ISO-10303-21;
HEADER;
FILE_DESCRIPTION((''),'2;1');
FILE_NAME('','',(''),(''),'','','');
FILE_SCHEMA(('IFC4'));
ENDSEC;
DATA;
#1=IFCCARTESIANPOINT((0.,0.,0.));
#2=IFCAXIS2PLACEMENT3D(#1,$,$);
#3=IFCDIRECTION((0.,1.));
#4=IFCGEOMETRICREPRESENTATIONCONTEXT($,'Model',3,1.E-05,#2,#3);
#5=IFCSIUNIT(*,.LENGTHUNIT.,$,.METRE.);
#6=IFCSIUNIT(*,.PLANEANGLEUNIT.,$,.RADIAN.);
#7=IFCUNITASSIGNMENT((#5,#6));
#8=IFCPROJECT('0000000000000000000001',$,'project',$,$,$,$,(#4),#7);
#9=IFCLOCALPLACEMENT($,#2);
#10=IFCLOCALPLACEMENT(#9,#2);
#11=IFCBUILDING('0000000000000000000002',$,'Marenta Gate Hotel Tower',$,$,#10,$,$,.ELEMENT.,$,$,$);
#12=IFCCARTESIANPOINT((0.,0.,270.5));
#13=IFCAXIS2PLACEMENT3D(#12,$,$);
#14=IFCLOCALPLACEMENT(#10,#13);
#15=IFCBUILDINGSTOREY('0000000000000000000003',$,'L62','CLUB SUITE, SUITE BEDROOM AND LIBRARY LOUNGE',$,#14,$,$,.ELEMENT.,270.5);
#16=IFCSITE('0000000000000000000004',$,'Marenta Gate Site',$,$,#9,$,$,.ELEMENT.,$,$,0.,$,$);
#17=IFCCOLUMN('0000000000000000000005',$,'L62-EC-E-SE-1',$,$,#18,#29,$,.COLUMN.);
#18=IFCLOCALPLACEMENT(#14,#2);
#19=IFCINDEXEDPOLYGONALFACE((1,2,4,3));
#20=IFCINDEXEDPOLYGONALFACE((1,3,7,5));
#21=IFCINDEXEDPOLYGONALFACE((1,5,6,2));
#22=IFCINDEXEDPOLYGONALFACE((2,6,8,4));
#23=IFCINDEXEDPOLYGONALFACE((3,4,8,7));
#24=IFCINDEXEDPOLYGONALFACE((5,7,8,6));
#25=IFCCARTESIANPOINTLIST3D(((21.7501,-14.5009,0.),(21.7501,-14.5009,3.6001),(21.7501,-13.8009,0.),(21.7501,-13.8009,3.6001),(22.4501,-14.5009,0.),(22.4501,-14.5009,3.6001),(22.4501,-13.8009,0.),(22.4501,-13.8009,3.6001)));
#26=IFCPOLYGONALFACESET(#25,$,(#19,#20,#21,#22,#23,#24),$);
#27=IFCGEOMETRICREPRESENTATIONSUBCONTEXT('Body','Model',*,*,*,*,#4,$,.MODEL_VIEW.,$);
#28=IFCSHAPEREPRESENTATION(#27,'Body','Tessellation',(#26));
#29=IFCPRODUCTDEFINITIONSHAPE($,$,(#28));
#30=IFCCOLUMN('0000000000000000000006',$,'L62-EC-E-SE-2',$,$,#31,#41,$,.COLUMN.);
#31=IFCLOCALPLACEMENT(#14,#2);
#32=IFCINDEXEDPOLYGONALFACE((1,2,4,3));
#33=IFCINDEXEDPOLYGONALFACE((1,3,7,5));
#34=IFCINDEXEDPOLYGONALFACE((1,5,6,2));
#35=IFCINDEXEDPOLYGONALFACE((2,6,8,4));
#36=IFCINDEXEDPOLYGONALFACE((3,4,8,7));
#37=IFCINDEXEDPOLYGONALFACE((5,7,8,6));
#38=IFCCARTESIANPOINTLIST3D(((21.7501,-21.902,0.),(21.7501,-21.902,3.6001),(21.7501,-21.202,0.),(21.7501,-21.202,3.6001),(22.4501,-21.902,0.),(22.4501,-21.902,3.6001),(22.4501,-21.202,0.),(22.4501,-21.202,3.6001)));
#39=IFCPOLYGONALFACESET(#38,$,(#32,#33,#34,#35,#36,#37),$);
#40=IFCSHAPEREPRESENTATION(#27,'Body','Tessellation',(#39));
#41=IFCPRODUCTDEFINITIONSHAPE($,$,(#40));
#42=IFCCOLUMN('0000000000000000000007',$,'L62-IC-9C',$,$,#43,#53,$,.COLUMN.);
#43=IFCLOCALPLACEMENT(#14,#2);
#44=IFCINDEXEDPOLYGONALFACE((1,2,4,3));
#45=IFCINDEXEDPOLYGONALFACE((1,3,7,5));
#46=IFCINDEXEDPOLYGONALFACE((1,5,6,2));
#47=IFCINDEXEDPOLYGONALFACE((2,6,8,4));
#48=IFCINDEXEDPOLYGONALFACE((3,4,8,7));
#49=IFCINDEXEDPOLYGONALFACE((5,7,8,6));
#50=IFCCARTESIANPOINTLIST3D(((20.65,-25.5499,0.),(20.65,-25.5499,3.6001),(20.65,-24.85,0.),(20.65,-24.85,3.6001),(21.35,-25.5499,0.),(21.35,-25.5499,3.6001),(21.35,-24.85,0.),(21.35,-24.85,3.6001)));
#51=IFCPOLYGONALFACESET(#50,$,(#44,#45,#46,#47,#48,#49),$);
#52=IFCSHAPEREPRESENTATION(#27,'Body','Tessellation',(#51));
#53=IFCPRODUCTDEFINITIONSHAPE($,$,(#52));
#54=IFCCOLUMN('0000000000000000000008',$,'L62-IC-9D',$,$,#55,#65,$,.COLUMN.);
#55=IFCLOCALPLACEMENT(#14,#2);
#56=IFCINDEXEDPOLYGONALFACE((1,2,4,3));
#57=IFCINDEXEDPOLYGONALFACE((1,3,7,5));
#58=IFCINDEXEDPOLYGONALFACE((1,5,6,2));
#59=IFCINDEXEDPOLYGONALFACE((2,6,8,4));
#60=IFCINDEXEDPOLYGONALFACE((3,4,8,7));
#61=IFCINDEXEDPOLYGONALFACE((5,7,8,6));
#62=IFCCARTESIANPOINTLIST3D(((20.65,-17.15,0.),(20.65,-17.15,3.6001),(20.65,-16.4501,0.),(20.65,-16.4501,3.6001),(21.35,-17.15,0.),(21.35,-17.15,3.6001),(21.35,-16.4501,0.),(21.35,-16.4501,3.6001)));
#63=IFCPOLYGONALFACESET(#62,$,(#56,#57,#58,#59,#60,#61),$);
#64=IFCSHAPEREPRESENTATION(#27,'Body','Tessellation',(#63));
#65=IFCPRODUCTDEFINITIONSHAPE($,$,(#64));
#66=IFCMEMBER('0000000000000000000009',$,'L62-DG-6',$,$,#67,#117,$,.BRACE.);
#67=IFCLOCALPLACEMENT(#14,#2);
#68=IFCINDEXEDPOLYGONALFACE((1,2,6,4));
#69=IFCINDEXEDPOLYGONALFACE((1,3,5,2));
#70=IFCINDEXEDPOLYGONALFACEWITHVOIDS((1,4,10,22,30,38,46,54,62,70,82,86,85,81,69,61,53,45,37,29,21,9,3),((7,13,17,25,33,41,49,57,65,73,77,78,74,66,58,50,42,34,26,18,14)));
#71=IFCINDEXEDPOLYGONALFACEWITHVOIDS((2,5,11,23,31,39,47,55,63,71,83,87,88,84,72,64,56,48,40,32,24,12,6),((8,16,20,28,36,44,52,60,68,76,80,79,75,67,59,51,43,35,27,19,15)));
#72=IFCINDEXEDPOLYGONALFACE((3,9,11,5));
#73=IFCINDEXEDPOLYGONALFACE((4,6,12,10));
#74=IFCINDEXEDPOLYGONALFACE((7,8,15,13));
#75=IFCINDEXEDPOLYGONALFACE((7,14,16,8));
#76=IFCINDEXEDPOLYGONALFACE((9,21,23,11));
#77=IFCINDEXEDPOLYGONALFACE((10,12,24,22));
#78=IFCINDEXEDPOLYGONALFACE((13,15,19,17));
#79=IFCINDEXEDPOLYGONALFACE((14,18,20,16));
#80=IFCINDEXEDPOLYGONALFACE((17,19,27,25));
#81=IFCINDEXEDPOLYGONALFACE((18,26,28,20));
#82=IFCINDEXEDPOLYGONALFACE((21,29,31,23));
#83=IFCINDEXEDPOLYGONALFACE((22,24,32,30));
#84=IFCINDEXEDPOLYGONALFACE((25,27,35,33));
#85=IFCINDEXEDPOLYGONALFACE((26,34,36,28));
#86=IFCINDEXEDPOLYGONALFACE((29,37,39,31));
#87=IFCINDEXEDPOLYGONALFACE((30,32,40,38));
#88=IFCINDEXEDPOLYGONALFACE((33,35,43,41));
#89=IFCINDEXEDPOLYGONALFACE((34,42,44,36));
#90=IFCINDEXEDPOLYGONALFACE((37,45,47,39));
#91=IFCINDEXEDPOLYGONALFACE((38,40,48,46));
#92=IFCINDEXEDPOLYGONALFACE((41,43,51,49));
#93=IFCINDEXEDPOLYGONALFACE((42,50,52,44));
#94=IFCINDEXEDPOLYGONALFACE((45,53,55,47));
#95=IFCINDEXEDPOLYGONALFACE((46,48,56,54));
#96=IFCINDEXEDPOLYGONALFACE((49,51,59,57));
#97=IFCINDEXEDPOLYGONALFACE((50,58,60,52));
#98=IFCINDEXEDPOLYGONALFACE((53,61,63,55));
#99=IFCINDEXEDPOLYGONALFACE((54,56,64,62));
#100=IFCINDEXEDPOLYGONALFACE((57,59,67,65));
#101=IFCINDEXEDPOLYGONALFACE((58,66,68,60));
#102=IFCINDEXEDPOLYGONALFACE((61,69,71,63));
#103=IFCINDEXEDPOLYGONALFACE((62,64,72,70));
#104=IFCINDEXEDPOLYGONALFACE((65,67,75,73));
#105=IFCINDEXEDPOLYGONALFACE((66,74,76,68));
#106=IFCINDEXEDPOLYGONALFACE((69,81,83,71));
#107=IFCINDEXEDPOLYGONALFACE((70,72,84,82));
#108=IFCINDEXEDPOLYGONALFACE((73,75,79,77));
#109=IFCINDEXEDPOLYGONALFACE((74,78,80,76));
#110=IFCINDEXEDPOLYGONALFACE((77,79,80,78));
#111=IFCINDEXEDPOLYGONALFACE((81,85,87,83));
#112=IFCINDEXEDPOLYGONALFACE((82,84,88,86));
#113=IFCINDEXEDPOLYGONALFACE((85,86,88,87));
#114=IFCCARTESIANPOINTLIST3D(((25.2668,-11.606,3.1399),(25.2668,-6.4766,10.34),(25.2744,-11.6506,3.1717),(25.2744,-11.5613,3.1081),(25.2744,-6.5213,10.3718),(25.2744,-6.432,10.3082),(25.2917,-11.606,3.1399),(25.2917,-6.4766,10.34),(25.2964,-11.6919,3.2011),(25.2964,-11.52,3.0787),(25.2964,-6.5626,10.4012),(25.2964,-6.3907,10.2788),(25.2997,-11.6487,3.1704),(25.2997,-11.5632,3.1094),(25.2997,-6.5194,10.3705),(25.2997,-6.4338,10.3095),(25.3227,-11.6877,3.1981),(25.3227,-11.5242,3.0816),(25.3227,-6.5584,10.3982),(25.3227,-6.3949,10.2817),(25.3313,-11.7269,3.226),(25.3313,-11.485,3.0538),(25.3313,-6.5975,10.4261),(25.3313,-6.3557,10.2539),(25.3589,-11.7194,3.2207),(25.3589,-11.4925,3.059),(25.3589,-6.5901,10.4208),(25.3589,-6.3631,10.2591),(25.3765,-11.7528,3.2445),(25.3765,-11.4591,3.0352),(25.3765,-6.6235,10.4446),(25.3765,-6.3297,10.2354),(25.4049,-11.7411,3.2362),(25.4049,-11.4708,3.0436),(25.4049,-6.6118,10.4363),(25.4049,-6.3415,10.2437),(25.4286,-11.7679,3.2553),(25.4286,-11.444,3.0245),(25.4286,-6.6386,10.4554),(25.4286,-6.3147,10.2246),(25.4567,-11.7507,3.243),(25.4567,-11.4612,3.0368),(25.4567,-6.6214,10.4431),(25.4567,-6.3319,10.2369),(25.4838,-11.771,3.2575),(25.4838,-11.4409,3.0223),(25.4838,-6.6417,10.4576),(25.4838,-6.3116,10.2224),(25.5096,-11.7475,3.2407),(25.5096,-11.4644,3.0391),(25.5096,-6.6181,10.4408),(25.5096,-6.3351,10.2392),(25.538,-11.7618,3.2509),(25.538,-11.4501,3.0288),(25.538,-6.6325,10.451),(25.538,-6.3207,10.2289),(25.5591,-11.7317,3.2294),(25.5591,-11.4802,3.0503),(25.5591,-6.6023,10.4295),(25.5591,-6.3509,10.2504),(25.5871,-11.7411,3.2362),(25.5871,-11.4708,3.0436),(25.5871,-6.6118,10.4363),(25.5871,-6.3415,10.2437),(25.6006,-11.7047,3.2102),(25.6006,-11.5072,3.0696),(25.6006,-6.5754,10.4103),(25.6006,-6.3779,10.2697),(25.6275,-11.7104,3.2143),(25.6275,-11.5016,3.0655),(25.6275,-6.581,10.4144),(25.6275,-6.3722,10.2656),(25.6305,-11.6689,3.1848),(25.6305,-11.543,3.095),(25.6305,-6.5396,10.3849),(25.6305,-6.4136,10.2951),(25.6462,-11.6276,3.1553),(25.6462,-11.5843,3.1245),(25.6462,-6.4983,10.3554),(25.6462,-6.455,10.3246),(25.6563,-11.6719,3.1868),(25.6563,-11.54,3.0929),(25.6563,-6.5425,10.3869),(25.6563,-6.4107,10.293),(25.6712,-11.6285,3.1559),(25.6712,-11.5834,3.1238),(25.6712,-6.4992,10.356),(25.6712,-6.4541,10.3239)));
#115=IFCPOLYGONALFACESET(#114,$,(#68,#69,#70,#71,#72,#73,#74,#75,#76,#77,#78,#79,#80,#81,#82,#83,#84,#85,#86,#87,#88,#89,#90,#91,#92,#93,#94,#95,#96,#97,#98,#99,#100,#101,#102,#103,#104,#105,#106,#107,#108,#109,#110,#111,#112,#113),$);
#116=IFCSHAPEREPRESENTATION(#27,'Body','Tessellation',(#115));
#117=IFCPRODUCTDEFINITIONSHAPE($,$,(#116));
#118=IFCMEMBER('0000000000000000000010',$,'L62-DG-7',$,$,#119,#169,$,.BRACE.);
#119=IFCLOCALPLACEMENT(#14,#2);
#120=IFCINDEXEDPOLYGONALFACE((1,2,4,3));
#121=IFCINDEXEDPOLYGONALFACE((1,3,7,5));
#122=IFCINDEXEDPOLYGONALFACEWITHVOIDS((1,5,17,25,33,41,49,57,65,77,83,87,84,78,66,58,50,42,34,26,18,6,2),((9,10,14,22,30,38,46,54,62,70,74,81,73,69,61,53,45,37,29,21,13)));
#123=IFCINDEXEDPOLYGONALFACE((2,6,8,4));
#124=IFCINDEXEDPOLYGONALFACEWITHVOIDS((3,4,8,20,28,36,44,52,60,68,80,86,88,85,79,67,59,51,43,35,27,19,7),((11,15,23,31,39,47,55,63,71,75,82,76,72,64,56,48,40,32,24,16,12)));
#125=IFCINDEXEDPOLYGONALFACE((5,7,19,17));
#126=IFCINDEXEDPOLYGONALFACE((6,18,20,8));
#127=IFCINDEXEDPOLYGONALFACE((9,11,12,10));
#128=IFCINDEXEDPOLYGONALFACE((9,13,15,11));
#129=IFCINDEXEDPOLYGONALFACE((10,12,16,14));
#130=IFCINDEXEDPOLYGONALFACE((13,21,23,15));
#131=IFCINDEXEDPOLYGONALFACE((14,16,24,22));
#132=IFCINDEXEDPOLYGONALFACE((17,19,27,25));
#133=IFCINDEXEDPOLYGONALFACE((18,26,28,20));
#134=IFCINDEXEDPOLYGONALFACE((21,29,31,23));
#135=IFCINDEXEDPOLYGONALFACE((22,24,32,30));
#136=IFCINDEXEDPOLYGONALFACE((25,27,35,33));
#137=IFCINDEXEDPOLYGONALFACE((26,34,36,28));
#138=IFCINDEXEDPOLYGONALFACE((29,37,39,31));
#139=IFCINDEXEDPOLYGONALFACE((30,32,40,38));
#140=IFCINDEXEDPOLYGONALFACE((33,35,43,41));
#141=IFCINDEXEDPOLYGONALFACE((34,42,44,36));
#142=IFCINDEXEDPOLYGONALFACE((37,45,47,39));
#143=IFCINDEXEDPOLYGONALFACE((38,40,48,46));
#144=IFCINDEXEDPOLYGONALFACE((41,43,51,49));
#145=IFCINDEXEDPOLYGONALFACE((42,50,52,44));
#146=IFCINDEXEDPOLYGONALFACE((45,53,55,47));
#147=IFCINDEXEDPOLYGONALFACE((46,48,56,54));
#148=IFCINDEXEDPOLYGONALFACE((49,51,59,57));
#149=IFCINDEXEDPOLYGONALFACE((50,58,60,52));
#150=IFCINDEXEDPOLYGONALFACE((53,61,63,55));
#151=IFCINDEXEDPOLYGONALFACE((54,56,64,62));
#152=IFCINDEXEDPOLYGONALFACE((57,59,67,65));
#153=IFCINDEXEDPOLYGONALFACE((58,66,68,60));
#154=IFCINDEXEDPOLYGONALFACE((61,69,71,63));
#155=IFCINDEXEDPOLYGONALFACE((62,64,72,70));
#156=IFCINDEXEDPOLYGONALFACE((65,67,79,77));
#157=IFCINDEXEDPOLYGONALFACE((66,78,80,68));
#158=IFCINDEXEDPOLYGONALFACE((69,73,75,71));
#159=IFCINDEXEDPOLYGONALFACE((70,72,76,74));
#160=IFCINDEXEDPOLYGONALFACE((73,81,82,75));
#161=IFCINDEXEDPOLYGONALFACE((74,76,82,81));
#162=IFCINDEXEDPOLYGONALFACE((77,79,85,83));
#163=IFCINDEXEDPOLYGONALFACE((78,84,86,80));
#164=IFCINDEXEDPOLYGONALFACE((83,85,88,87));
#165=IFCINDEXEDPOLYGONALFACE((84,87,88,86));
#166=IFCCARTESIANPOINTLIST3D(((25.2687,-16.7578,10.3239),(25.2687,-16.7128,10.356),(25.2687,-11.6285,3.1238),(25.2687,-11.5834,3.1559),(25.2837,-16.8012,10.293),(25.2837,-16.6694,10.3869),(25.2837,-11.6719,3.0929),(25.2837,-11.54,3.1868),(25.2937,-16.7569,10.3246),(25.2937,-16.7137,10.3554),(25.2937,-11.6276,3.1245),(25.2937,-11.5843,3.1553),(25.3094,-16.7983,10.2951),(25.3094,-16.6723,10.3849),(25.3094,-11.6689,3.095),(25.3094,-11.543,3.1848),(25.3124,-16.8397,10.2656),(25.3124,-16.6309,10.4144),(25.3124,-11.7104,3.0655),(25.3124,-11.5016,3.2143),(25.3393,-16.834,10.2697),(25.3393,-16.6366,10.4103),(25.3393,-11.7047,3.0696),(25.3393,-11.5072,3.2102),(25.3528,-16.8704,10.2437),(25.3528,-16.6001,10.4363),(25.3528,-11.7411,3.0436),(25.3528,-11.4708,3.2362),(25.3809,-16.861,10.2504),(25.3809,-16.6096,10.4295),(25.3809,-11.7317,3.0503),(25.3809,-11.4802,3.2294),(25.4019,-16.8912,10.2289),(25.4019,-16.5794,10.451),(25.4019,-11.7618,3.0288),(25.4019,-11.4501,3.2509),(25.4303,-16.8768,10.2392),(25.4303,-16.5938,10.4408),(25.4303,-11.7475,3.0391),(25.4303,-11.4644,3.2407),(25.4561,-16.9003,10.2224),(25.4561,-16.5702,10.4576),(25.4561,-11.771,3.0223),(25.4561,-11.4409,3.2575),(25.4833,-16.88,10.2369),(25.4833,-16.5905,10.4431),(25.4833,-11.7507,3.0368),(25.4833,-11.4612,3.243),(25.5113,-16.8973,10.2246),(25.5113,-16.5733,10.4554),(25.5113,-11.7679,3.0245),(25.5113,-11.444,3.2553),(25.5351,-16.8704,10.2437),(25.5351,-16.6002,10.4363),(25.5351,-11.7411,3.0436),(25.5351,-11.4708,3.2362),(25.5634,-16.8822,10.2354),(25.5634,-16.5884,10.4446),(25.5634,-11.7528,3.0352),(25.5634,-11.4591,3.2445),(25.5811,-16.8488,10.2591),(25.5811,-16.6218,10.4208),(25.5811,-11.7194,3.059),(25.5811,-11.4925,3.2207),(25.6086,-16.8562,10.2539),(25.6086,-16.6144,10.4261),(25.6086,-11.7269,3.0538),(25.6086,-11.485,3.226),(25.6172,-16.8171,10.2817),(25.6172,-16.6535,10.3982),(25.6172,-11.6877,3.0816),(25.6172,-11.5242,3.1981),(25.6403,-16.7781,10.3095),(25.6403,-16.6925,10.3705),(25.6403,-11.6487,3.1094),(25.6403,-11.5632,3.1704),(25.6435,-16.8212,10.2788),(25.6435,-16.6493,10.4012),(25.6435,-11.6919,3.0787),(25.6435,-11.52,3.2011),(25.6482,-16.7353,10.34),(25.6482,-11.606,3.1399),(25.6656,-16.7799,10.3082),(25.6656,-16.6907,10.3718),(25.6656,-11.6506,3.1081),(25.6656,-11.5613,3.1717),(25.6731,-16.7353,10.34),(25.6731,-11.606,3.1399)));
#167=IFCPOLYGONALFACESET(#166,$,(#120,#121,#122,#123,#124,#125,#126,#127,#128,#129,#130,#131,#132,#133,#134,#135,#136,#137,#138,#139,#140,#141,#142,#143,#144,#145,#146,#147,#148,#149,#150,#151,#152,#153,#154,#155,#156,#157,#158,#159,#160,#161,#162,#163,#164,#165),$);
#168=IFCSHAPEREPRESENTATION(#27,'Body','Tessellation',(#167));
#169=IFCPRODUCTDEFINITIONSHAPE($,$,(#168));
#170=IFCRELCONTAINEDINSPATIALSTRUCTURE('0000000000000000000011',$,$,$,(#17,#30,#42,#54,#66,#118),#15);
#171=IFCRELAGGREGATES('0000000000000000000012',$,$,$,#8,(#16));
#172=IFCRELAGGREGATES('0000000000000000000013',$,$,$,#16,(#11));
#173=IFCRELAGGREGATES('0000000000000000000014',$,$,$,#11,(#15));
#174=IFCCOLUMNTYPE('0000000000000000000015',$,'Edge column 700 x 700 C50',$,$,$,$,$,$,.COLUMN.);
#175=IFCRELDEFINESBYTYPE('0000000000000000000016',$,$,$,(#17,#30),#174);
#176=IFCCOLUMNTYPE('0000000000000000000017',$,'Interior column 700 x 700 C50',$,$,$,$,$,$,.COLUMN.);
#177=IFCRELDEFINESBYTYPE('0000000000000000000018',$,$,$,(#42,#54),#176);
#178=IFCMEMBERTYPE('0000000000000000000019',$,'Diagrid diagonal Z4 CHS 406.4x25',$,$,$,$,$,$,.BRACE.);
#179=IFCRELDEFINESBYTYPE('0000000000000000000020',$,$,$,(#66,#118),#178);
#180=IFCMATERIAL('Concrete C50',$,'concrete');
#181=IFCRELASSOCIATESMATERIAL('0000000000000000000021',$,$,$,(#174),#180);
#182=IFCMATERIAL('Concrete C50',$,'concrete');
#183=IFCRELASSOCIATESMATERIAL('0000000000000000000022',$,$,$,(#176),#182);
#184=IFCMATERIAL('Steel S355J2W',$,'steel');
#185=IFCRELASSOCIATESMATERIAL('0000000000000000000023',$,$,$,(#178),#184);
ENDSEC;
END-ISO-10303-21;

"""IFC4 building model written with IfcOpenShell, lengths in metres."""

from ifc_helpers import new_model, si_unit, direction, frame, origin, origin_2d, place, context, subcontext, project, spatial, rectangle, hollow_circle, extrude, material, material_profile, profile_set, type_object, element, save


model = new_model("IFC4")

# Units and contexts
model_context = context("Model", 3, precision=1e-05, world=origin(), true_north=direction((0.0, 1.0)))
body_context = subcontext(model_context, "Body", "Model", "MODEL_VIEW")
ifc_project = project(units=[si_unit("LENGTHUNIT", "METRE"), si_unit("PLANEANGLEUNIT", "RADIAN")], contexts=[model_context])

# Site, building, storey
site_placement = place(None, origin())
site = spatial("IfcSite", under=ifc_project, at=site_placement, Name="Marenta Gate Site", CompositionType="ELEMENT", RefElevation=0.0)
building_placement = place(site_placement, origin())
building = spatial("IfcBuilding", under=site, at=building_placement, Name="Marenta Gate Hotel Tower", CompositionType="ELEMENT")
storey_placement = place(building_placement, frame((0.0, 0.0, 270.5)))
storey = spatial("IfcBuildingStorey", under=building, at=storey_placement, Name="L62", Description="CLUB SUITE, SUITE BEDROOM AND LIBRARY LOUNGE", CompositionType="ELEMENT", Elevation=270.5)

# Columns
ifc_material_1 = material(Name="Concrete C50", Category="concrete")
ifc_material_profile_1 = material_profile(ifc_material_1, rectangle(XDim=0.7, YDim=0.7, at=origin_2d()), Name="700 x 700")
ifc_profile_set_1 = profile_set([ifc_material_profile_1], Name="Concrete C50")
column_type_1 = type_object("IfcColumnType", Name="Edge column 700 x 700 C50", PredefinedType="COLUMN", material=ifc_profile_set_1)
for number, where, z_axis, x_axis, name in (
    (1, (22.1001, -14.1509, 0.0), (0.0, 0.0, 1.0), (1.0, 0.0, 0.0), "L62-EC-E-SE-1"),
    (2, (22.1001, -21.552, 0.0), (0.0, 0.0, 1.0), (1.0, 0.0, 0.0), "L62-EC-E-SE-2"),
):
    element("IfcColumn", number, at=place(storey_placement, frame(where, z_axis=z_axis, x_axis=x_axis)), inside=storey, type_object=column_type_1, Name=name, PredefinedType="COLUMN", context=body_context, shape_type="SweptSolid", body=[
        extrude(rectangle(XDim=0.7, YDim=0.7, at=origin_2d()), origin(), (0.0, 0.0, 1.0), 3.6001),
    ])
ifc_material_2 = material(Name="Concrete C50", Category="concrete")
ifc_material_profile_2 = material_profile(ifc_material_2, rectangle(XDim=0.7, YDim=0.7, at=origin_2d()), Name="700 x 700")
ifc_profile_set_2 = profile_set([ifc_material_profile_2], Name="Concrete C50")
column_type_2 = type_object("IfcColumnType", Name="Interior column 700 x 700 C50", PredefinedType="COLUMN", material=ifc_profile_set_2)
for number, where, z_axis, x_axis, name in (
    (3, (21.0, -25.2, 0.0), (0.0, 0.0, 1.0), (1.0, 0.0, 0.0), "L62-IC-9C"),
    (4, (21.0, -16.8, 0.0), (0.0, 0.0, 1.0), (1.0, 0.0, 0.0), "L62-IC-9D"),
):
    element("IfcColumn", number, at=place(storey_placement, frame(where, z_axis=z_axis, x_axis=x_axis)), inside=storey, type_object=column_type_2, Name=name, PredefinedType="COLUMN", context=body_context, shape_type="SweptSolid", body=[
        extrude(rectangle(XDim=0.7, YDim=0.7, at=origin_2d()), origin(), (0.0, 0.0, 1.0), 3.6001),
    ])

# Members
ifc_material_3 = material(Name="Steel S355J2W", Category="steel")
ifc_material_profile_3 = material_profile(ifc_material_3, hollow_circle(Radius=0.2031, WallThickness=0.0249, at=origin_2d()), Name="CHS 406.4x25")
ifc_profile_set_3 = profile_set([ifc_material_profile_3], Name="Steel S355J2W")
member_type_1 = type_object("IfcMemberType", Name="Diagrid diagonal Z4 CHS 406.4x25", PredefinedType="BRACE", material=ifc_profile_set_3)
for number, where, z_axis, x_axis, name in (
    (5, (25.47, -11.606, 3.1399), (0.0, 0.580219, 0.814461), (-1.0, 0.0, 0.0), "L62-DG-6"),
    (6, (25.47, -11.606, 3.1399), (0.0, -0.580219, 0.814461), (1.0, 0.0, 0.0), "L62-DG-7"),
):
    element("IfcMember", number, at=place(storey_placement, frame(where, z_axis=z_axis, x_axis=x_axis)), inside=storey, type_object=member_type_1, Name=name, PredefinedType="BRACE", context=body_context, shape_type="SweptSolid", body=[
        extrude(hollow_circle(Radius=0.2031, WallThickness=0.0249, at=origin_2d()), origin(), (0.0, 0.0, 1.0), 8.8403),
    ])

save(model, "model.ifc")
